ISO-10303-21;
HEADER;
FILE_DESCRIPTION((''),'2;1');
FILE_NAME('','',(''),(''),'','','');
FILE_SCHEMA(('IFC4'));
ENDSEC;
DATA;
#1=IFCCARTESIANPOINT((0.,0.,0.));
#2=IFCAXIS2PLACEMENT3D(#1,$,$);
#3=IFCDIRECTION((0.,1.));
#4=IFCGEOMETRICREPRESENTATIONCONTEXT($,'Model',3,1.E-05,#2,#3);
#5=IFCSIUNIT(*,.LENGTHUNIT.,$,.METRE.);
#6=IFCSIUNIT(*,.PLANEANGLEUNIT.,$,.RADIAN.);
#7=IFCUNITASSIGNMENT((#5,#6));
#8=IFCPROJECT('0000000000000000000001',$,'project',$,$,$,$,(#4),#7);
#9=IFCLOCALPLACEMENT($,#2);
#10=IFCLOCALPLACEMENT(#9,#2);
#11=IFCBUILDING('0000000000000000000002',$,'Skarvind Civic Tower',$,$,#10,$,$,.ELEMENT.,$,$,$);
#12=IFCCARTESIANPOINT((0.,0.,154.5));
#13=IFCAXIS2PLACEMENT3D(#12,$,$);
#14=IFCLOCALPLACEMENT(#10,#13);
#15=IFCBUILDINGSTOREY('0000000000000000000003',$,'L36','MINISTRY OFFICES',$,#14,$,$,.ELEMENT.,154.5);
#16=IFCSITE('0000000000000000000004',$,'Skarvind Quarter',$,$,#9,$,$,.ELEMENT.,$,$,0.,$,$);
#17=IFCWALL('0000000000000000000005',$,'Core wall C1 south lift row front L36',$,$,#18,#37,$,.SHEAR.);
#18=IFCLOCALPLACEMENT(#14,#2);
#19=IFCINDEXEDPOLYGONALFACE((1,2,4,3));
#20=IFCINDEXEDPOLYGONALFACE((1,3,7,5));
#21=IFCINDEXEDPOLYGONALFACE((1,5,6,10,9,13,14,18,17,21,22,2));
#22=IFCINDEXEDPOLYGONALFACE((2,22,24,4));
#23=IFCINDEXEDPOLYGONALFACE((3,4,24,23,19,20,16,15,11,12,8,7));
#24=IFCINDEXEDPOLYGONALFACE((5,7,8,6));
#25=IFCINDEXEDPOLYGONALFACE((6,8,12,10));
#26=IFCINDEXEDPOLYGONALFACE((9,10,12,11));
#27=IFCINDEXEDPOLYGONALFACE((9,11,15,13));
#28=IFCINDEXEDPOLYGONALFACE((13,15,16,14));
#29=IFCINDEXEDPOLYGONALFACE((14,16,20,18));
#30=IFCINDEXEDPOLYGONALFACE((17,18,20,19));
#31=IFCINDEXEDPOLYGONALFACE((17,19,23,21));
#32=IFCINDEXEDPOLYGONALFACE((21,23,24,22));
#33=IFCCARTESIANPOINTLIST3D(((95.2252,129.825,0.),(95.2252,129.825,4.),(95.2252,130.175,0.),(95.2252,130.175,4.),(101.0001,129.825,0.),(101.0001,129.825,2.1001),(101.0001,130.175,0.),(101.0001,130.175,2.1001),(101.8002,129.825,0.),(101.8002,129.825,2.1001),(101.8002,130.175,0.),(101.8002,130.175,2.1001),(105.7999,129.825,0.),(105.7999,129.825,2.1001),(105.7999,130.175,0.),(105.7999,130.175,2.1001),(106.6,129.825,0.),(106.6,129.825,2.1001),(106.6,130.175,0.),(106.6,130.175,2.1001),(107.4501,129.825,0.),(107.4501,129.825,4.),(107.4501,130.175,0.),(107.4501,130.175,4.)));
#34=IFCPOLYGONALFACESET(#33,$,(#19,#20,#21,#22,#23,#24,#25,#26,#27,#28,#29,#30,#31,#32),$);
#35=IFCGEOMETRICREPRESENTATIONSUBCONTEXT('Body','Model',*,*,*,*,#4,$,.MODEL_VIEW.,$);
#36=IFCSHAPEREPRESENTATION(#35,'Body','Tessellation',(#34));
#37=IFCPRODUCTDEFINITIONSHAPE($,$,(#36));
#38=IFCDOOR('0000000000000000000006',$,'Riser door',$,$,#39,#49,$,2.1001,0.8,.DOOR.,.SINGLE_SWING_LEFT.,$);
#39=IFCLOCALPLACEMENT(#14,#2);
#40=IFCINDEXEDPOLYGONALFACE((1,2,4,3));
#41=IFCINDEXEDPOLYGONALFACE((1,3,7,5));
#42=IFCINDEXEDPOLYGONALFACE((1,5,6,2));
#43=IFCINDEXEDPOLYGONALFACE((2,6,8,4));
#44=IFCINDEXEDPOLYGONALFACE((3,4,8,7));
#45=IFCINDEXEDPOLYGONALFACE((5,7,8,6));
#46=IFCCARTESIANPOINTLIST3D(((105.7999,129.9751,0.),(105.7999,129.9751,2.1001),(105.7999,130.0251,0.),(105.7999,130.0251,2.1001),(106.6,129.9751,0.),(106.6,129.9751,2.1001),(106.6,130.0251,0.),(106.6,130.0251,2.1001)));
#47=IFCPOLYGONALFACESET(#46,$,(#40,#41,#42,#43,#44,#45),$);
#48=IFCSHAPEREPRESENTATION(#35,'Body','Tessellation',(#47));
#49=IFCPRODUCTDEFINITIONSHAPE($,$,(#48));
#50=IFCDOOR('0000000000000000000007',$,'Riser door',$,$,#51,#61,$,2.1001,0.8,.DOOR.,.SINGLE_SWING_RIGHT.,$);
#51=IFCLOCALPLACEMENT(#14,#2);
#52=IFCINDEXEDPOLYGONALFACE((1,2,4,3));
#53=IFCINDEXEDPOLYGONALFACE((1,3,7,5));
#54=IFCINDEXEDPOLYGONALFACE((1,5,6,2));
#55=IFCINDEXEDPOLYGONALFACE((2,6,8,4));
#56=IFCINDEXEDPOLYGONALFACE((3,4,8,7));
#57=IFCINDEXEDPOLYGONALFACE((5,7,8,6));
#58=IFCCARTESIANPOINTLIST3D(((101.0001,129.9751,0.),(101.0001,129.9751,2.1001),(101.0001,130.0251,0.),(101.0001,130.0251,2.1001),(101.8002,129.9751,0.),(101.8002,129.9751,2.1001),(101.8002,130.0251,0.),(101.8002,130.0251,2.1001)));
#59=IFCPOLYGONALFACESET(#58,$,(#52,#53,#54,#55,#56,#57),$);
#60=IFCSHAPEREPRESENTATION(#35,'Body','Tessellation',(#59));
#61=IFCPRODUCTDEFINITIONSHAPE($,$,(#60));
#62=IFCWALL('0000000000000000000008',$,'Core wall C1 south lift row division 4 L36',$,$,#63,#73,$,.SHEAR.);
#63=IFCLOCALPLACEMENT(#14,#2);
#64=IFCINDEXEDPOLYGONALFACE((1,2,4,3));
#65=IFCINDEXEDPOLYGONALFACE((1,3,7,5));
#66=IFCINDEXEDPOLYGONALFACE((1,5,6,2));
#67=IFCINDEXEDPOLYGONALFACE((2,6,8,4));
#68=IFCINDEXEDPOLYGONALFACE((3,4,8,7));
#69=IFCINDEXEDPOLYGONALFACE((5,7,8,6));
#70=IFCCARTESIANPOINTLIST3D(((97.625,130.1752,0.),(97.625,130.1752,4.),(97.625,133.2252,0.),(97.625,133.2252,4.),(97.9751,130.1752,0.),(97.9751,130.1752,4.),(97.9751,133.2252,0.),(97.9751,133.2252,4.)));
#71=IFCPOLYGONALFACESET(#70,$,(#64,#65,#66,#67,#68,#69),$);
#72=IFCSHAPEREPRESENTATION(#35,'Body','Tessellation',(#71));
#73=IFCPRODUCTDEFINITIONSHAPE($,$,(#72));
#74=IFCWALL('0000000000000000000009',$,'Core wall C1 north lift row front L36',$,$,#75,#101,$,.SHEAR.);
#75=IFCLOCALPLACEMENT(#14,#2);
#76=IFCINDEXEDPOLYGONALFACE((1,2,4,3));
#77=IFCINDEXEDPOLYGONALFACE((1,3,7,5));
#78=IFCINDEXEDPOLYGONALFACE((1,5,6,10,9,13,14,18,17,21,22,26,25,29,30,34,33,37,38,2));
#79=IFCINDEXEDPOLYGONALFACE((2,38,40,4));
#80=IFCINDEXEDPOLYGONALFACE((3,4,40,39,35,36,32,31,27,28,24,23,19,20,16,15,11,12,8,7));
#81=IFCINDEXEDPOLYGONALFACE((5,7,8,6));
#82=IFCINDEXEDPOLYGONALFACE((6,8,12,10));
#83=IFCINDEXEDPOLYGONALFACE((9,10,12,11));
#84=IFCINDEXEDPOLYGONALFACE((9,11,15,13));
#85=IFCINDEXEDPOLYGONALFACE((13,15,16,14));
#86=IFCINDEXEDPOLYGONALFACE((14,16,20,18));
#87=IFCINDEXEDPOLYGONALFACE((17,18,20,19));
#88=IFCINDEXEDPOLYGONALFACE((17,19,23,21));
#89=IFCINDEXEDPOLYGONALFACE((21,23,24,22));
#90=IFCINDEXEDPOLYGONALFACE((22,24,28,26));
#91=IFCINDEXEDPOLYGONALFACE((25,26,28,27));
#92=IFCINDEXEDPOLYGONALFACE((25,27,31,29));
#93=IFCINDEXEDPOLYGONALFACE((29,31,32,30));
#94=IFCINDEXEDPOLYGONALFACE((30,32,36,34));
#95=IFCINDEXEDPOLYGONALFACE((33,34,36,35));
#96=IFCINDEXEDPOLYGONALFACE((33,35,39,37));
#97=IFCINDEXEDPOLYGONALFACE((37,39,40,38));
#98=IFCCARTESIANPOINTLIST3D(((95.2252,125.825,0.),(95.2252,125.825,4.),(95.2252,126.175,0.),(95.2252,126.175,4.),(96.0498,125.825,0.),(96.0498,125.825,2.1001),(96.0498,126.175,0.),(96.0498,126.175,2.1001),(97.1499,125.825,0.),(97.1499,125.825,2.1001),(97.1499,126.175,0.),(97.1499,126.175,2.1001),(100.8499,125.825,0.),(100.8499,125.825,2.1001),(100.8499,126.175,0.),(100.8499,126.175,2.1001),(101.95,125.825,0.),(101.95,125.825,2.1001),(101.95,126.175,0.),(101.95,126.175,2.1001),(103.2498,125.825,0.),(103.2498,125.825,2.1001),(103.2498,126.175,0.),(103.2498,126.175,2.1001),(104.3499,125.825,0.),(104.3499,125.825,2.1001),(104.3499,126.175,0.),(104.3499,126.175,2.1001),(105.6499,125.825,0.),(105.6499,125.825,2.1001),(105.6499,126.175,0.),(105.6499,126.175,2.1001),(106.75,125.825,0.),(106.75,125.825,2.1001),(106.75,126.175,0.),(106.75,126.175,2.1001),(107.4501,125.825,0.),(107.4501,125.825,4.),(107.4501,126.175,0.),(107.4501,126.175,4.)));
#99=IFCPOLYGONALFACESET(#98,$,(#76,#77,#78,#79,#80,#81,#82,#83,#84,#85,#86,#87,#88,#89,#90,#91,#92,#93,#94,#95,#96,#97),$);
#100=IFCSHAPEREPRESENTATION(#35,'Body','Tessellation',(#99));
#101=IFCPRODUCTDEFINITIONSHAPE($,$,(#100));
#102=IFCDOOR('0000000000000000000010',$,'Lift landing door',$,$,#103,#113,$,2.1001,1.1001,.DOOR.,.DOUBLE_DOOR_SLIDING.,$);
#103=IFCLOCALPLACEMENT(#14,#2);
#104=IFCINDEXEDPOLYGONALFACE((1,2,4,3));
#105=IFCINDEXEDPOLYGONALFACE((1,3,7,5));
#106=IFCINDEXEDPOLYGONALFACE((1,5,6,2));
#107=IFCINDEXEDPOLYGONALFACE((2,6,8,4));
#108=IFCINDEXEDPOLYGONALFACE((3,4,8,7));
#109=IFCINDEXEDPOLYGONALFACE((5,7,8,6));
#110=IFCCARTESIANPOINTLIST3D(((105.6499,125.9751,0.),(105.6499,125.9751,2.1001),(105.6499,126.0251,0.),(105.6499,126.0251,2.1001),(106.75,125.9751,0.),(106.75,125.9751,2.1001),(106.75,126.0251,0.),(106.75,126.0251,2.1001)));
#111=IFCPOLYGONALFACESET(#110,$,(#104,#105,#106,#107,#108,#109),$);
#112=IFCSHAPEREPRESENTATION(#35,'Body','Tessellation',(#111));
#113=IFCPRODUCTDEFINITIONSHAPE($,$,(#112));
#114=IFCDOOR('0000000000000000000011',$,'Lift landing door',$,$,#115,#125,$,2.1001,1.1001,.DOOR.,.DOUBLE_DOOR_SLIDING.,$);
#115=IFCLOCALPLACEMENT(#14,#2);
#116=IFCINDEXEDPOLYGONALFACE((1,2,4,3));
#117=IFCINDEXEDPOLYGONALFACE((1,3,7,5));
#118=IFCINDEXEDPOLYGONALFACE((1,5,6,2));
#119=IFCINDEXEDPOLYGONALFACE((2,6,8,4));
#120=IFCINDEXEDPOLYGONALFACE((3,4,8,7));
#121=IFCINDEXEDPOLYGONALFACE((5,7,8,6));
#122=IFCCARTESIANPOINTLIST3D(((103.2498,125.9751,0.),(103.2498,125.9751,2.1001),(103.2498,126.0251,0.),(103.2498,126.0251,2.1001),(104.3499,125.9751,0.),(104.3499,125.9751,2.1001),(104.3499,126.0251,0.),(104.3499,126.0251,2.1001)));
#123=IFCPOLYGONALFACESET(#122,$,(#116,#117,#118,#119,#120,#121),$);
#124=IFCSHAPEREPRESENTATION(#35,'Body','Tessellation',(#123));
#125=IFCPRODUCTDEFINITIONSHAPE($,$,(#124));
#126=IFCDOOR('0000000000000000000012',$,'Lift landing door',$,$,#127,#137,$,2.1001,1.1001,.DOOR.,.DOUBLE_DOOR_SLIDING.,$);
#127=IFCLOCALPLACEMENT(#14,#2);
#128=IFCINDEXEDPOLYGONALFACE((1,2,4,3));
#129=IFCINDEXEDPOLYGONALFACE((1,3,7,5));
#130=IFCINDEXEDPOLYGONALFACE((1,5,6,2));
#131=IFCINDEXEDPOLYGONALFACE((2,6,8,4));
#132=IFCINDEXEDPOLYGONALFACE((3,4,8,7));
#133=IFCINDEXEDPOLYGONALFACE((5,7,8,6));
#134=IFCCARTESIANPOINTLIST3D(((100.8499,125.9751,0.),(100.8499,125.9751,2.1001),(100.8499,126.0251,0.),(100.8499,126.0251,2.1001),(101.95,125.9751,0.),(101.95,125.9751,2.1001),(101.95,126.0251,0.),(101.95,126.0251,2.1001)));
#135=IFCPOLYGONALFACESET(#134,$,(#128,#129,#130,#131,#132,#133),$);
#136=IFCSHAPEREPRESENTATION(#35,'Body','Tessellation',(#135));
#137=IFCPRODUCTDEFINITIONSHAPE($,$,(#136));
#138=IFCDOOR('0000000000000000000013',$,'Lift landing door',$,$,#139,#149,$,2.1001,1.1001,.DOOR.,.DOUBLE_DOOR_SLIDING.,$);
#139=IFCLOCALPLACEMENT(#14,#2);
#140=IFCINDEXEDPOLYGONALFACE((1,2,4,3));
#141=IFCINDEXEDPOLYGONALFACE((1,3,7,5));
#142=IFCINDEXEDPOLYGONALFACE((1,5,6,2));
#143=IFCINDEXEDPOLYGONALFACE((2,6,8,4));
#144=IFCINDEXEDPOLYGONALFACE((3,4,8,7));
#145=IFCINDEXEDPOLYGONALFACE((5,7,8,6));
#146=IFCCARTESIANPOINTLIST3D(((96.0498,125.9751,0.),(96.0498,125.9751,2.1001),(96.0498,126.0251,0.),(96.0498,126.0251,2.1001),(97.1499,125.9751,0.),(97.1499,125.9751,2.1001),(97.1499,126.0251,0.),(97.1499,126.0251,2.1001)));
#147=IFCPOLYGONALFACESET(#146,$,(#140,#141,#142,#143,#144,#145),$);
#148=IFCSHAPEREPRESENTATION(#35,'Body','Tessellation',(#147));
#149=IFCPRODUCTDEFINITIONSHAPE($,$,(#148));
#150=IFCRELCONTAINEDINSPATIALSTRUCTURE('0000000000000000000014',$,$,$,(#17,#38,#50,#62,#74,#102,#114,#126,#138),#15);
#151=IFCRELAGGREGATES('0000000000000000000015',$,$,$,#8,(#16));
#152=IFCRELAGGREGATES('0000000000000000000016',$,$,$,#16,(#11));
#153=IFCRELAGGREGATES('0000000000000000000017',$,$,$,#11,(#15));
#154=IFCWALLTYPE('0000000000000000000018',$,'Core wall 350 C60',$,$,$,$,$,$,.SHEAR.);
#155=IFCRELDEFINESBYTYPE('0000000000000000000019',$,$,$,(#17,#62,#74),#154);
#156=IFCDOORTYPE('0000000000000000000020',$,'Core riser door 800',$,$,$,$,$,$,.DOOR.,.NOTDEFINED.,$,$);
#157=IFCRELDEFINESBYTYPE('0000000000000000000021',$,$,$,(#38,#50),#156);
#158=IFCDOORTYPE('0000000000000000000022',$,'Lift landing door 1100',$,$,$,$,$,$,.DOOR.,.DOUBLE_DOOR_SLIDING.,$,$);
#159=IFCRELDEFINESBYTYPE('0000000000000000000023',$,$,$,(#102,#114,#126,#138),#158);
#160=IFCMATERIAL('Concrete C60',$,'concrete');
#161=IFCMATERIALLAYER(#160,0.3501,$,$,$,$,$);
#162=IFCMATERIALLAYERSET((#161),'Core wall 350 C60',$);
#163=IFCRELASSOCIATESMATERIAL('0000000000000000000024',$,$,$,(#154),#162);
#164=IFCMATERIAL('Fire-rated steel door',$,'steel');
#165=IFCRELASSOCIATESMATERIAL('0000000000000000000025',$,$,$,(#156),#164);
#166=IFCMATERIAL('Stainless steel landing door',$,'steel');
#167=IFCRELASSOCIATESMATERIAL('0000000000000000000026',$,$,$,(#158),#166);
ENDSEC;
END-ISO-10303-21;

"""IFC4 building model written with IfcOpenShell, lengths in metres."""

from ifc_helpers import new_model, si_unit, direction, frame, frame_2d, origin, place, context, subcontext, project, spatial, rectangle, extrude, material, layer, layer_set, type_object, element, fill, save


model = new_model("IFC4")

# Units and contexts
model_context = context("Model", 3, precision=1e-05, world=origin(), true_north=direction((0.0, 1.0)))
body_context = subcontext(model_context, "Body", "Model", "MODEL_VIEW")
ifc_project = project(units=[si_unit("LENGTHUNIT", "METRE"), si_unit("PLANEANGLEUNIT", "RADIAN")], contexts=[model_context])

# Site, building, storey
site_placement = place(None, origin())
site = spatial("IfcSite", under=ifc_project, at=site_placement, Name="Skarvind Quarter", CompositionType="ELEMENT", RefElevation=0.0)
building_placement = place(site_placement, origin())
building = spatial("IfcBuilding", under=site, at=building_placement, Name="Skarvind Civic Tower", CompositionType="ELEMENT")
storey_placement = place(building_placement, frame((0.0, 0.0, 154.5)))
storey = spatial("IfcBuildingStorey", under=building, at=storey_placement, Name="L36", Description="MINISTRY OFFICES", CompositionType="ELEMENT", Elevation=154.5)

# Wall, openings, doors
ifc_material_1 = material(Name="Concrete C60", Category="concrete")
ifc_layer_1 = layer(ifc_material_1, 0.3501)
ifc_layer_set_1 = layer_set([ifc_layer_1], Name="Core wall 350 C60")
wall_type_1 = type_object("IfcWallType", Name="Core wall 350 C60", PredefinedType="SHEAR", material=ifc_layer_set_1)
wall_1_placement = place(storey_placement, frame((107.45, 130.0, 0.0), z_axis=(0.0, 0.0, 1.0), x_axis=(-1.0, 0.0, 0.0)))
wall_1 = element("IfcWall", 1, at=wall_1_placement, inside=storey, type_object=wall_type_1, Name="Core wall C1 south lift row front L36", PredefinedType="SHEAR", context=body_context, shape_type="SweptSolid", body=[
    extrude(rectangle(XDim=12.2249, YDim=0.3501, at=frame_2d((6.1123, 0.0))), origin(), (0.0, 0.0, 1.0), 4.0),
])
opening_1_placement = place(wall_1_placement, frame((0.8501, 0.0, 0.0)))
opening_1 = element("IfcOpeningElement", 2, at=opening_1_placement, cuts=wall_1, PredefinedType="OPENING", context=body_context, shape_type="SweptSolid", body=[
    extrude(rectangle(XDim=0.8, YDim=2.1001, at=frame_2d((0.3999, 1.05))), frame((0.0, 0.1851, 0.0), z_axis=(0.0, -1.0, 0.0), x_axis=(1.0, 0.0, 0.0)), (0.0, 0.0, 1.0), 0.3701),
])
opening_2_placement = place(wall_1_placement, frame((5.6499, 0.0, 0.0)))
opening_2 = element("IfcOpeningElement", 3, at=opening_2_placement, cuts=wall_1, PredefinedType="OPENING", context=body_context, shape_type="SweptSolid", body=[
    extrude(rectangle(XDim=0.8, YDim=2.1001, at=frame_2d((0.3999, 1.05))), frame((0.0, 0.1851, 0.0), z_axis=(0.0, -1.0, 0.0), x_axis=(1.0, 0.0, 0.0)), (0.0, 0.0, 1.0), 0.3701),
])
ifc_material_2 = material(Name="Fire-rated steel door", Category="steel")
door_type_1 = type_object("IfcDoorType", Name="Core riser door 800", OperationType="NOTDEFINED", PredefinedType="DOOR", material=ifc_material_2)
door_1_placement = place(opening_1_placement, origin())
door_1 = element("IfcDoor", 4, at=door_1_placement, inside=storey, type_object=door_type_1, Name="Riser door", OperationType="SINGLE_SWING_LEFT", OverallHeight=2.1001, OverallWidth=0.8, PredefinedType="DOOR", context=body_context, shape_type="SweptSolid", body=[
    extrude(rectangle(XDim=0.8, YDim=2.1001, at=frame_2d((0.3999, 1.05))), frame((0.0, 0.0249, 0.0), z_axis=(0.0, -1.0, 0.0), x_axis=(1.0, 0.0, 0.0)), (0.0, 0.0, 1.0), 0.05),
])
fill(opening_1, door_1)
door_2_placement = place(opening_2_placement, origin())
door_2 = element("IfcDoor", 5, at=door_2_placement, inside=storey, type_object=door_type_1, Name="Riser door", OperationType="SINGLE_SWING_RIGHT", OverallHeight=2.1001, OverallWidth=0.8, PredefinedType="DOOR", context=body_context, shape_type="SweptSolid", body=[
    extrude(rectangle(XDim=0.8, YDim=2.1001, at=frame_2d((0.3999, 1.05))), frame((0.0, 0.0249, 0.0), z_axis=(0.0, -1.0, 0.0), x_axis=(1.0, 0.0, 0.0)), (0.0, 0.0, 1.0), 0.05),
])
fill(opening_2, door_2)

# Wall
wall_2_placement = place(storey_placement, frame((97.8, 133.2251, 0.0), z_axis=(0.0, 0.0, 1.0), x_axis=(0.0, -1.0, 0.0)))
element("IfcWall", 6, at=wall_2_placement, inside=storey, type_object=wall_type_1, Name="Core wall C1 south lift row division 4 L36", PredefinedType="SHEAR", context=body_context, shape_type="SweptSolid", body=[
    extrude(rectangle(XDim=3.05, YDim=0.3501, at=frame_2d((1.5249, 0.0))), origin(), (0.0, 0.0, 1.0), 4.0),
])

# Wall, openings, doors
wall_3_placement = place(storey_placement, frame((107.45, 126.0, 0.0), z_axis=(0.0, 0.0, 1.0), x_axis=(-1.0, 0.0, 0.0)))
wall_3 = element("IfcWall", 7, at=wall_3_placement, inside=storey, type_object=wall_type_1, Name="Core wall C1 north lift row front L36", PredefinedType="SHEAR", context=body_context, shape_type="SweptSolid", body=[
    extrude(rectangle(XDim=12.2249, YDim=0.3501, at=frame_2d((6.1123, 0.0))), origin(), (0.0, 0.0, 1.0), 4.0),
])
opening_3_placement = place(wall_3_placement, frame((0.7, 0.0, 0.0)))
opening_3 = element("IfcOpeningElement", 8, at=opening_3_placement, cuts=wall_3, PredefinedType="OPENING", context=body_context, shape_type="SweptSolid", body=[
    extrude(rectangle(XDim=1.1001, YDim=2.1001, at=frame_2d((0.55, 1.05))), frame((0.0, 0.1851, 0.0), z_axis=(0.0, -1.0, 0.0), x_axis=(1.0, 0.0, 0.0)), (0.0, 0.0, 1.0), 0.3701),
])
opening_4_placement = place(wall_3_placement, frame((3.1001, 0.0, 0.0)))
opening_4 = element("IfcOpeningElement", 9, at=opening_4_placement, cuts=wall_3, PredefinedType="OPENING", context=body_context, shape_type="SweptSolid", body=[
    extrude(rectangle(XDim=1.1001, YDim=2.1001, at=frame_2d((0.55, 1.05))), frame((0.0, 0.1851, 0.0), z_axis=(0.0, -1.0, 0.0), x_axis=(1.0, 0.0, 0.0)), (0.0, 0.0, 1.0), 0.3701),
])
opening_5_placement = place(wall_3_placement, frame((5.5, 0.0, 0.0)))
opening_5 = element("IfcOpeningElement", 10, at=opening_5_placement, cuts=wall_3, PredefinedType="OPENING", context=body_context, shape_type="SweptSolid", body=[
    extrude(rectangle(XDim=1.1001, YDim=2.1001, at=frame_2d((0.55, 1.05))), frame((0.0, 0.1851, 0.0), z_axis=(0.0, -1.0, 0.0), x_axis=(1.0, 0.0, 0.0)), (0.0, 0.0, 1.0), 0.3701),
])
opening_6_placement = place(wall_3_placement, frame((10.3, 0.0, 0.0)))
opening_6 = element("IfcOpeningElement", 11, at=opening_6_placement, cuts=wall_3, PredefinedType="OPENING", context=body_context, shape_type="SweptSolid", body=[
    extrude(rectangle(XDim=1.1001, YDim=2.1001, at=frame_2d((0.55, 1.05))), frame((0.0, 0.1851, 0.0), z_axis=(0.0, -1.0, 0.0), x_axis=(1.0, 0.0, 0.0)), (0.0, 0.0, 1.0), 0.3701),
])
ifc_material_3 = material(Name="Stainless steel landing door", Category="steel")
door_type_2 = type_object("IfcDoorType", Name="Lift landing door 1100", OperationType="DOUBLE_DOOR_SLIDING", PredefinedType="DOOR", material=ifc_material_3)
door_3_placement = place(opening_3_placement, origin())
door_3 = element("IfcDoor", 12, at=door_3_placement, inside=storey, type_object=door_type_2, Name="Lift landing door", OperationType="DOUBLE_DOOR_SLIDING", OverallHeight=2.1001, OverallWidth=1.1001, PredefinedType="DOOR", context=body_context, shape_type="SweptSolid", body=[
    extrude(rectangle(XDim=1.1001, YDim=2.1001, at=frame_2d((0.55, 1.05))), frame((0.0, 0.0249, 0.0), z_axis=(0.0, -1.0, 0.0), x_axis=(1.0, 0.0, 0.0)), (0.0, 0.0, 1.0), 0.05),
])
fill(opening_3, door_3)
door_4_placement = place(opening_4_placement, origin())
door_4 = element("IfcDoor", 13, at=door_4_placement, inside=storey, type_object=door_type_2, Name="Lift landing door", OperationType="DOUBLE_DOOR_SLIDING", OverallHeight=2.1001, OverallWidth=1.1001, PredefinedType="DOOR", context=body_context, shape_type="SweptSolid", body=[
    extrude(rectangle(XDim=1.1001, YDim=2.1001, at=frame_2d((0.55, 1.05))), frame((0.0, 0.0249, 0.0), z_axis=(0.0, -1.0, 0.0), x_axis=(1.0, 0.0, 0.0)), (0.0, 0.0, 1.0), 0.05),
])
fill(opening_4, door_4)
door_5_placement = place(opening_5_placement, origin())
door_5 = element("IfcDoor", 14, at=door_5_placement, inside=storey, type_object=door_type_2, Name="Lift landing door", OperationType="DOUBLE_DOOR_SLIDING", OverallHeight=2.1001, OverallWidth=1.1001, PredefinedType="DOOR", context=body_context, shape_type="SweptSolid", body=[
    extrude(rectangle(XDim=1.1001, YDim=2.1001, at=frame_2d((0.55, 1.05))), frame((0.0, 0.0249, 0.0), z_axis=(0.0, -1.0, 0.0), x_axis=(1.0, 0.0, 0.0)), (0.0, 0.0, 1.0), 0.05),
])
fill(opening_5, door_5)
door_6_placement = place(opening_6_placement, origin())
door_6 = element("IfcDoor", 15, at=door_6_placement, inside=storey, type_object=door_type_2, Name="Lift landing door", OperationType="DOUBLE_DOOR_SLIDING", OverallHeight=2.1001, OverallWidth=1.1001, PredefinedType="DOOR", context=body_context, shape_type="SweptSolid", body=[
    extrude(rectangle(XDim=1.1001, YDim=2.1001, at=frame_2d((0.55, 1.05))), frame((0.0, 0.0249, 0.0), z_axis=(0.0, -1.0, 0.0), x_axis=(1.0, 0.0, 0.0)), (0.0, 0.0, 1.0), 0.05),
])
fill(opening_6, door_6)

save(model, "model.ifc")
